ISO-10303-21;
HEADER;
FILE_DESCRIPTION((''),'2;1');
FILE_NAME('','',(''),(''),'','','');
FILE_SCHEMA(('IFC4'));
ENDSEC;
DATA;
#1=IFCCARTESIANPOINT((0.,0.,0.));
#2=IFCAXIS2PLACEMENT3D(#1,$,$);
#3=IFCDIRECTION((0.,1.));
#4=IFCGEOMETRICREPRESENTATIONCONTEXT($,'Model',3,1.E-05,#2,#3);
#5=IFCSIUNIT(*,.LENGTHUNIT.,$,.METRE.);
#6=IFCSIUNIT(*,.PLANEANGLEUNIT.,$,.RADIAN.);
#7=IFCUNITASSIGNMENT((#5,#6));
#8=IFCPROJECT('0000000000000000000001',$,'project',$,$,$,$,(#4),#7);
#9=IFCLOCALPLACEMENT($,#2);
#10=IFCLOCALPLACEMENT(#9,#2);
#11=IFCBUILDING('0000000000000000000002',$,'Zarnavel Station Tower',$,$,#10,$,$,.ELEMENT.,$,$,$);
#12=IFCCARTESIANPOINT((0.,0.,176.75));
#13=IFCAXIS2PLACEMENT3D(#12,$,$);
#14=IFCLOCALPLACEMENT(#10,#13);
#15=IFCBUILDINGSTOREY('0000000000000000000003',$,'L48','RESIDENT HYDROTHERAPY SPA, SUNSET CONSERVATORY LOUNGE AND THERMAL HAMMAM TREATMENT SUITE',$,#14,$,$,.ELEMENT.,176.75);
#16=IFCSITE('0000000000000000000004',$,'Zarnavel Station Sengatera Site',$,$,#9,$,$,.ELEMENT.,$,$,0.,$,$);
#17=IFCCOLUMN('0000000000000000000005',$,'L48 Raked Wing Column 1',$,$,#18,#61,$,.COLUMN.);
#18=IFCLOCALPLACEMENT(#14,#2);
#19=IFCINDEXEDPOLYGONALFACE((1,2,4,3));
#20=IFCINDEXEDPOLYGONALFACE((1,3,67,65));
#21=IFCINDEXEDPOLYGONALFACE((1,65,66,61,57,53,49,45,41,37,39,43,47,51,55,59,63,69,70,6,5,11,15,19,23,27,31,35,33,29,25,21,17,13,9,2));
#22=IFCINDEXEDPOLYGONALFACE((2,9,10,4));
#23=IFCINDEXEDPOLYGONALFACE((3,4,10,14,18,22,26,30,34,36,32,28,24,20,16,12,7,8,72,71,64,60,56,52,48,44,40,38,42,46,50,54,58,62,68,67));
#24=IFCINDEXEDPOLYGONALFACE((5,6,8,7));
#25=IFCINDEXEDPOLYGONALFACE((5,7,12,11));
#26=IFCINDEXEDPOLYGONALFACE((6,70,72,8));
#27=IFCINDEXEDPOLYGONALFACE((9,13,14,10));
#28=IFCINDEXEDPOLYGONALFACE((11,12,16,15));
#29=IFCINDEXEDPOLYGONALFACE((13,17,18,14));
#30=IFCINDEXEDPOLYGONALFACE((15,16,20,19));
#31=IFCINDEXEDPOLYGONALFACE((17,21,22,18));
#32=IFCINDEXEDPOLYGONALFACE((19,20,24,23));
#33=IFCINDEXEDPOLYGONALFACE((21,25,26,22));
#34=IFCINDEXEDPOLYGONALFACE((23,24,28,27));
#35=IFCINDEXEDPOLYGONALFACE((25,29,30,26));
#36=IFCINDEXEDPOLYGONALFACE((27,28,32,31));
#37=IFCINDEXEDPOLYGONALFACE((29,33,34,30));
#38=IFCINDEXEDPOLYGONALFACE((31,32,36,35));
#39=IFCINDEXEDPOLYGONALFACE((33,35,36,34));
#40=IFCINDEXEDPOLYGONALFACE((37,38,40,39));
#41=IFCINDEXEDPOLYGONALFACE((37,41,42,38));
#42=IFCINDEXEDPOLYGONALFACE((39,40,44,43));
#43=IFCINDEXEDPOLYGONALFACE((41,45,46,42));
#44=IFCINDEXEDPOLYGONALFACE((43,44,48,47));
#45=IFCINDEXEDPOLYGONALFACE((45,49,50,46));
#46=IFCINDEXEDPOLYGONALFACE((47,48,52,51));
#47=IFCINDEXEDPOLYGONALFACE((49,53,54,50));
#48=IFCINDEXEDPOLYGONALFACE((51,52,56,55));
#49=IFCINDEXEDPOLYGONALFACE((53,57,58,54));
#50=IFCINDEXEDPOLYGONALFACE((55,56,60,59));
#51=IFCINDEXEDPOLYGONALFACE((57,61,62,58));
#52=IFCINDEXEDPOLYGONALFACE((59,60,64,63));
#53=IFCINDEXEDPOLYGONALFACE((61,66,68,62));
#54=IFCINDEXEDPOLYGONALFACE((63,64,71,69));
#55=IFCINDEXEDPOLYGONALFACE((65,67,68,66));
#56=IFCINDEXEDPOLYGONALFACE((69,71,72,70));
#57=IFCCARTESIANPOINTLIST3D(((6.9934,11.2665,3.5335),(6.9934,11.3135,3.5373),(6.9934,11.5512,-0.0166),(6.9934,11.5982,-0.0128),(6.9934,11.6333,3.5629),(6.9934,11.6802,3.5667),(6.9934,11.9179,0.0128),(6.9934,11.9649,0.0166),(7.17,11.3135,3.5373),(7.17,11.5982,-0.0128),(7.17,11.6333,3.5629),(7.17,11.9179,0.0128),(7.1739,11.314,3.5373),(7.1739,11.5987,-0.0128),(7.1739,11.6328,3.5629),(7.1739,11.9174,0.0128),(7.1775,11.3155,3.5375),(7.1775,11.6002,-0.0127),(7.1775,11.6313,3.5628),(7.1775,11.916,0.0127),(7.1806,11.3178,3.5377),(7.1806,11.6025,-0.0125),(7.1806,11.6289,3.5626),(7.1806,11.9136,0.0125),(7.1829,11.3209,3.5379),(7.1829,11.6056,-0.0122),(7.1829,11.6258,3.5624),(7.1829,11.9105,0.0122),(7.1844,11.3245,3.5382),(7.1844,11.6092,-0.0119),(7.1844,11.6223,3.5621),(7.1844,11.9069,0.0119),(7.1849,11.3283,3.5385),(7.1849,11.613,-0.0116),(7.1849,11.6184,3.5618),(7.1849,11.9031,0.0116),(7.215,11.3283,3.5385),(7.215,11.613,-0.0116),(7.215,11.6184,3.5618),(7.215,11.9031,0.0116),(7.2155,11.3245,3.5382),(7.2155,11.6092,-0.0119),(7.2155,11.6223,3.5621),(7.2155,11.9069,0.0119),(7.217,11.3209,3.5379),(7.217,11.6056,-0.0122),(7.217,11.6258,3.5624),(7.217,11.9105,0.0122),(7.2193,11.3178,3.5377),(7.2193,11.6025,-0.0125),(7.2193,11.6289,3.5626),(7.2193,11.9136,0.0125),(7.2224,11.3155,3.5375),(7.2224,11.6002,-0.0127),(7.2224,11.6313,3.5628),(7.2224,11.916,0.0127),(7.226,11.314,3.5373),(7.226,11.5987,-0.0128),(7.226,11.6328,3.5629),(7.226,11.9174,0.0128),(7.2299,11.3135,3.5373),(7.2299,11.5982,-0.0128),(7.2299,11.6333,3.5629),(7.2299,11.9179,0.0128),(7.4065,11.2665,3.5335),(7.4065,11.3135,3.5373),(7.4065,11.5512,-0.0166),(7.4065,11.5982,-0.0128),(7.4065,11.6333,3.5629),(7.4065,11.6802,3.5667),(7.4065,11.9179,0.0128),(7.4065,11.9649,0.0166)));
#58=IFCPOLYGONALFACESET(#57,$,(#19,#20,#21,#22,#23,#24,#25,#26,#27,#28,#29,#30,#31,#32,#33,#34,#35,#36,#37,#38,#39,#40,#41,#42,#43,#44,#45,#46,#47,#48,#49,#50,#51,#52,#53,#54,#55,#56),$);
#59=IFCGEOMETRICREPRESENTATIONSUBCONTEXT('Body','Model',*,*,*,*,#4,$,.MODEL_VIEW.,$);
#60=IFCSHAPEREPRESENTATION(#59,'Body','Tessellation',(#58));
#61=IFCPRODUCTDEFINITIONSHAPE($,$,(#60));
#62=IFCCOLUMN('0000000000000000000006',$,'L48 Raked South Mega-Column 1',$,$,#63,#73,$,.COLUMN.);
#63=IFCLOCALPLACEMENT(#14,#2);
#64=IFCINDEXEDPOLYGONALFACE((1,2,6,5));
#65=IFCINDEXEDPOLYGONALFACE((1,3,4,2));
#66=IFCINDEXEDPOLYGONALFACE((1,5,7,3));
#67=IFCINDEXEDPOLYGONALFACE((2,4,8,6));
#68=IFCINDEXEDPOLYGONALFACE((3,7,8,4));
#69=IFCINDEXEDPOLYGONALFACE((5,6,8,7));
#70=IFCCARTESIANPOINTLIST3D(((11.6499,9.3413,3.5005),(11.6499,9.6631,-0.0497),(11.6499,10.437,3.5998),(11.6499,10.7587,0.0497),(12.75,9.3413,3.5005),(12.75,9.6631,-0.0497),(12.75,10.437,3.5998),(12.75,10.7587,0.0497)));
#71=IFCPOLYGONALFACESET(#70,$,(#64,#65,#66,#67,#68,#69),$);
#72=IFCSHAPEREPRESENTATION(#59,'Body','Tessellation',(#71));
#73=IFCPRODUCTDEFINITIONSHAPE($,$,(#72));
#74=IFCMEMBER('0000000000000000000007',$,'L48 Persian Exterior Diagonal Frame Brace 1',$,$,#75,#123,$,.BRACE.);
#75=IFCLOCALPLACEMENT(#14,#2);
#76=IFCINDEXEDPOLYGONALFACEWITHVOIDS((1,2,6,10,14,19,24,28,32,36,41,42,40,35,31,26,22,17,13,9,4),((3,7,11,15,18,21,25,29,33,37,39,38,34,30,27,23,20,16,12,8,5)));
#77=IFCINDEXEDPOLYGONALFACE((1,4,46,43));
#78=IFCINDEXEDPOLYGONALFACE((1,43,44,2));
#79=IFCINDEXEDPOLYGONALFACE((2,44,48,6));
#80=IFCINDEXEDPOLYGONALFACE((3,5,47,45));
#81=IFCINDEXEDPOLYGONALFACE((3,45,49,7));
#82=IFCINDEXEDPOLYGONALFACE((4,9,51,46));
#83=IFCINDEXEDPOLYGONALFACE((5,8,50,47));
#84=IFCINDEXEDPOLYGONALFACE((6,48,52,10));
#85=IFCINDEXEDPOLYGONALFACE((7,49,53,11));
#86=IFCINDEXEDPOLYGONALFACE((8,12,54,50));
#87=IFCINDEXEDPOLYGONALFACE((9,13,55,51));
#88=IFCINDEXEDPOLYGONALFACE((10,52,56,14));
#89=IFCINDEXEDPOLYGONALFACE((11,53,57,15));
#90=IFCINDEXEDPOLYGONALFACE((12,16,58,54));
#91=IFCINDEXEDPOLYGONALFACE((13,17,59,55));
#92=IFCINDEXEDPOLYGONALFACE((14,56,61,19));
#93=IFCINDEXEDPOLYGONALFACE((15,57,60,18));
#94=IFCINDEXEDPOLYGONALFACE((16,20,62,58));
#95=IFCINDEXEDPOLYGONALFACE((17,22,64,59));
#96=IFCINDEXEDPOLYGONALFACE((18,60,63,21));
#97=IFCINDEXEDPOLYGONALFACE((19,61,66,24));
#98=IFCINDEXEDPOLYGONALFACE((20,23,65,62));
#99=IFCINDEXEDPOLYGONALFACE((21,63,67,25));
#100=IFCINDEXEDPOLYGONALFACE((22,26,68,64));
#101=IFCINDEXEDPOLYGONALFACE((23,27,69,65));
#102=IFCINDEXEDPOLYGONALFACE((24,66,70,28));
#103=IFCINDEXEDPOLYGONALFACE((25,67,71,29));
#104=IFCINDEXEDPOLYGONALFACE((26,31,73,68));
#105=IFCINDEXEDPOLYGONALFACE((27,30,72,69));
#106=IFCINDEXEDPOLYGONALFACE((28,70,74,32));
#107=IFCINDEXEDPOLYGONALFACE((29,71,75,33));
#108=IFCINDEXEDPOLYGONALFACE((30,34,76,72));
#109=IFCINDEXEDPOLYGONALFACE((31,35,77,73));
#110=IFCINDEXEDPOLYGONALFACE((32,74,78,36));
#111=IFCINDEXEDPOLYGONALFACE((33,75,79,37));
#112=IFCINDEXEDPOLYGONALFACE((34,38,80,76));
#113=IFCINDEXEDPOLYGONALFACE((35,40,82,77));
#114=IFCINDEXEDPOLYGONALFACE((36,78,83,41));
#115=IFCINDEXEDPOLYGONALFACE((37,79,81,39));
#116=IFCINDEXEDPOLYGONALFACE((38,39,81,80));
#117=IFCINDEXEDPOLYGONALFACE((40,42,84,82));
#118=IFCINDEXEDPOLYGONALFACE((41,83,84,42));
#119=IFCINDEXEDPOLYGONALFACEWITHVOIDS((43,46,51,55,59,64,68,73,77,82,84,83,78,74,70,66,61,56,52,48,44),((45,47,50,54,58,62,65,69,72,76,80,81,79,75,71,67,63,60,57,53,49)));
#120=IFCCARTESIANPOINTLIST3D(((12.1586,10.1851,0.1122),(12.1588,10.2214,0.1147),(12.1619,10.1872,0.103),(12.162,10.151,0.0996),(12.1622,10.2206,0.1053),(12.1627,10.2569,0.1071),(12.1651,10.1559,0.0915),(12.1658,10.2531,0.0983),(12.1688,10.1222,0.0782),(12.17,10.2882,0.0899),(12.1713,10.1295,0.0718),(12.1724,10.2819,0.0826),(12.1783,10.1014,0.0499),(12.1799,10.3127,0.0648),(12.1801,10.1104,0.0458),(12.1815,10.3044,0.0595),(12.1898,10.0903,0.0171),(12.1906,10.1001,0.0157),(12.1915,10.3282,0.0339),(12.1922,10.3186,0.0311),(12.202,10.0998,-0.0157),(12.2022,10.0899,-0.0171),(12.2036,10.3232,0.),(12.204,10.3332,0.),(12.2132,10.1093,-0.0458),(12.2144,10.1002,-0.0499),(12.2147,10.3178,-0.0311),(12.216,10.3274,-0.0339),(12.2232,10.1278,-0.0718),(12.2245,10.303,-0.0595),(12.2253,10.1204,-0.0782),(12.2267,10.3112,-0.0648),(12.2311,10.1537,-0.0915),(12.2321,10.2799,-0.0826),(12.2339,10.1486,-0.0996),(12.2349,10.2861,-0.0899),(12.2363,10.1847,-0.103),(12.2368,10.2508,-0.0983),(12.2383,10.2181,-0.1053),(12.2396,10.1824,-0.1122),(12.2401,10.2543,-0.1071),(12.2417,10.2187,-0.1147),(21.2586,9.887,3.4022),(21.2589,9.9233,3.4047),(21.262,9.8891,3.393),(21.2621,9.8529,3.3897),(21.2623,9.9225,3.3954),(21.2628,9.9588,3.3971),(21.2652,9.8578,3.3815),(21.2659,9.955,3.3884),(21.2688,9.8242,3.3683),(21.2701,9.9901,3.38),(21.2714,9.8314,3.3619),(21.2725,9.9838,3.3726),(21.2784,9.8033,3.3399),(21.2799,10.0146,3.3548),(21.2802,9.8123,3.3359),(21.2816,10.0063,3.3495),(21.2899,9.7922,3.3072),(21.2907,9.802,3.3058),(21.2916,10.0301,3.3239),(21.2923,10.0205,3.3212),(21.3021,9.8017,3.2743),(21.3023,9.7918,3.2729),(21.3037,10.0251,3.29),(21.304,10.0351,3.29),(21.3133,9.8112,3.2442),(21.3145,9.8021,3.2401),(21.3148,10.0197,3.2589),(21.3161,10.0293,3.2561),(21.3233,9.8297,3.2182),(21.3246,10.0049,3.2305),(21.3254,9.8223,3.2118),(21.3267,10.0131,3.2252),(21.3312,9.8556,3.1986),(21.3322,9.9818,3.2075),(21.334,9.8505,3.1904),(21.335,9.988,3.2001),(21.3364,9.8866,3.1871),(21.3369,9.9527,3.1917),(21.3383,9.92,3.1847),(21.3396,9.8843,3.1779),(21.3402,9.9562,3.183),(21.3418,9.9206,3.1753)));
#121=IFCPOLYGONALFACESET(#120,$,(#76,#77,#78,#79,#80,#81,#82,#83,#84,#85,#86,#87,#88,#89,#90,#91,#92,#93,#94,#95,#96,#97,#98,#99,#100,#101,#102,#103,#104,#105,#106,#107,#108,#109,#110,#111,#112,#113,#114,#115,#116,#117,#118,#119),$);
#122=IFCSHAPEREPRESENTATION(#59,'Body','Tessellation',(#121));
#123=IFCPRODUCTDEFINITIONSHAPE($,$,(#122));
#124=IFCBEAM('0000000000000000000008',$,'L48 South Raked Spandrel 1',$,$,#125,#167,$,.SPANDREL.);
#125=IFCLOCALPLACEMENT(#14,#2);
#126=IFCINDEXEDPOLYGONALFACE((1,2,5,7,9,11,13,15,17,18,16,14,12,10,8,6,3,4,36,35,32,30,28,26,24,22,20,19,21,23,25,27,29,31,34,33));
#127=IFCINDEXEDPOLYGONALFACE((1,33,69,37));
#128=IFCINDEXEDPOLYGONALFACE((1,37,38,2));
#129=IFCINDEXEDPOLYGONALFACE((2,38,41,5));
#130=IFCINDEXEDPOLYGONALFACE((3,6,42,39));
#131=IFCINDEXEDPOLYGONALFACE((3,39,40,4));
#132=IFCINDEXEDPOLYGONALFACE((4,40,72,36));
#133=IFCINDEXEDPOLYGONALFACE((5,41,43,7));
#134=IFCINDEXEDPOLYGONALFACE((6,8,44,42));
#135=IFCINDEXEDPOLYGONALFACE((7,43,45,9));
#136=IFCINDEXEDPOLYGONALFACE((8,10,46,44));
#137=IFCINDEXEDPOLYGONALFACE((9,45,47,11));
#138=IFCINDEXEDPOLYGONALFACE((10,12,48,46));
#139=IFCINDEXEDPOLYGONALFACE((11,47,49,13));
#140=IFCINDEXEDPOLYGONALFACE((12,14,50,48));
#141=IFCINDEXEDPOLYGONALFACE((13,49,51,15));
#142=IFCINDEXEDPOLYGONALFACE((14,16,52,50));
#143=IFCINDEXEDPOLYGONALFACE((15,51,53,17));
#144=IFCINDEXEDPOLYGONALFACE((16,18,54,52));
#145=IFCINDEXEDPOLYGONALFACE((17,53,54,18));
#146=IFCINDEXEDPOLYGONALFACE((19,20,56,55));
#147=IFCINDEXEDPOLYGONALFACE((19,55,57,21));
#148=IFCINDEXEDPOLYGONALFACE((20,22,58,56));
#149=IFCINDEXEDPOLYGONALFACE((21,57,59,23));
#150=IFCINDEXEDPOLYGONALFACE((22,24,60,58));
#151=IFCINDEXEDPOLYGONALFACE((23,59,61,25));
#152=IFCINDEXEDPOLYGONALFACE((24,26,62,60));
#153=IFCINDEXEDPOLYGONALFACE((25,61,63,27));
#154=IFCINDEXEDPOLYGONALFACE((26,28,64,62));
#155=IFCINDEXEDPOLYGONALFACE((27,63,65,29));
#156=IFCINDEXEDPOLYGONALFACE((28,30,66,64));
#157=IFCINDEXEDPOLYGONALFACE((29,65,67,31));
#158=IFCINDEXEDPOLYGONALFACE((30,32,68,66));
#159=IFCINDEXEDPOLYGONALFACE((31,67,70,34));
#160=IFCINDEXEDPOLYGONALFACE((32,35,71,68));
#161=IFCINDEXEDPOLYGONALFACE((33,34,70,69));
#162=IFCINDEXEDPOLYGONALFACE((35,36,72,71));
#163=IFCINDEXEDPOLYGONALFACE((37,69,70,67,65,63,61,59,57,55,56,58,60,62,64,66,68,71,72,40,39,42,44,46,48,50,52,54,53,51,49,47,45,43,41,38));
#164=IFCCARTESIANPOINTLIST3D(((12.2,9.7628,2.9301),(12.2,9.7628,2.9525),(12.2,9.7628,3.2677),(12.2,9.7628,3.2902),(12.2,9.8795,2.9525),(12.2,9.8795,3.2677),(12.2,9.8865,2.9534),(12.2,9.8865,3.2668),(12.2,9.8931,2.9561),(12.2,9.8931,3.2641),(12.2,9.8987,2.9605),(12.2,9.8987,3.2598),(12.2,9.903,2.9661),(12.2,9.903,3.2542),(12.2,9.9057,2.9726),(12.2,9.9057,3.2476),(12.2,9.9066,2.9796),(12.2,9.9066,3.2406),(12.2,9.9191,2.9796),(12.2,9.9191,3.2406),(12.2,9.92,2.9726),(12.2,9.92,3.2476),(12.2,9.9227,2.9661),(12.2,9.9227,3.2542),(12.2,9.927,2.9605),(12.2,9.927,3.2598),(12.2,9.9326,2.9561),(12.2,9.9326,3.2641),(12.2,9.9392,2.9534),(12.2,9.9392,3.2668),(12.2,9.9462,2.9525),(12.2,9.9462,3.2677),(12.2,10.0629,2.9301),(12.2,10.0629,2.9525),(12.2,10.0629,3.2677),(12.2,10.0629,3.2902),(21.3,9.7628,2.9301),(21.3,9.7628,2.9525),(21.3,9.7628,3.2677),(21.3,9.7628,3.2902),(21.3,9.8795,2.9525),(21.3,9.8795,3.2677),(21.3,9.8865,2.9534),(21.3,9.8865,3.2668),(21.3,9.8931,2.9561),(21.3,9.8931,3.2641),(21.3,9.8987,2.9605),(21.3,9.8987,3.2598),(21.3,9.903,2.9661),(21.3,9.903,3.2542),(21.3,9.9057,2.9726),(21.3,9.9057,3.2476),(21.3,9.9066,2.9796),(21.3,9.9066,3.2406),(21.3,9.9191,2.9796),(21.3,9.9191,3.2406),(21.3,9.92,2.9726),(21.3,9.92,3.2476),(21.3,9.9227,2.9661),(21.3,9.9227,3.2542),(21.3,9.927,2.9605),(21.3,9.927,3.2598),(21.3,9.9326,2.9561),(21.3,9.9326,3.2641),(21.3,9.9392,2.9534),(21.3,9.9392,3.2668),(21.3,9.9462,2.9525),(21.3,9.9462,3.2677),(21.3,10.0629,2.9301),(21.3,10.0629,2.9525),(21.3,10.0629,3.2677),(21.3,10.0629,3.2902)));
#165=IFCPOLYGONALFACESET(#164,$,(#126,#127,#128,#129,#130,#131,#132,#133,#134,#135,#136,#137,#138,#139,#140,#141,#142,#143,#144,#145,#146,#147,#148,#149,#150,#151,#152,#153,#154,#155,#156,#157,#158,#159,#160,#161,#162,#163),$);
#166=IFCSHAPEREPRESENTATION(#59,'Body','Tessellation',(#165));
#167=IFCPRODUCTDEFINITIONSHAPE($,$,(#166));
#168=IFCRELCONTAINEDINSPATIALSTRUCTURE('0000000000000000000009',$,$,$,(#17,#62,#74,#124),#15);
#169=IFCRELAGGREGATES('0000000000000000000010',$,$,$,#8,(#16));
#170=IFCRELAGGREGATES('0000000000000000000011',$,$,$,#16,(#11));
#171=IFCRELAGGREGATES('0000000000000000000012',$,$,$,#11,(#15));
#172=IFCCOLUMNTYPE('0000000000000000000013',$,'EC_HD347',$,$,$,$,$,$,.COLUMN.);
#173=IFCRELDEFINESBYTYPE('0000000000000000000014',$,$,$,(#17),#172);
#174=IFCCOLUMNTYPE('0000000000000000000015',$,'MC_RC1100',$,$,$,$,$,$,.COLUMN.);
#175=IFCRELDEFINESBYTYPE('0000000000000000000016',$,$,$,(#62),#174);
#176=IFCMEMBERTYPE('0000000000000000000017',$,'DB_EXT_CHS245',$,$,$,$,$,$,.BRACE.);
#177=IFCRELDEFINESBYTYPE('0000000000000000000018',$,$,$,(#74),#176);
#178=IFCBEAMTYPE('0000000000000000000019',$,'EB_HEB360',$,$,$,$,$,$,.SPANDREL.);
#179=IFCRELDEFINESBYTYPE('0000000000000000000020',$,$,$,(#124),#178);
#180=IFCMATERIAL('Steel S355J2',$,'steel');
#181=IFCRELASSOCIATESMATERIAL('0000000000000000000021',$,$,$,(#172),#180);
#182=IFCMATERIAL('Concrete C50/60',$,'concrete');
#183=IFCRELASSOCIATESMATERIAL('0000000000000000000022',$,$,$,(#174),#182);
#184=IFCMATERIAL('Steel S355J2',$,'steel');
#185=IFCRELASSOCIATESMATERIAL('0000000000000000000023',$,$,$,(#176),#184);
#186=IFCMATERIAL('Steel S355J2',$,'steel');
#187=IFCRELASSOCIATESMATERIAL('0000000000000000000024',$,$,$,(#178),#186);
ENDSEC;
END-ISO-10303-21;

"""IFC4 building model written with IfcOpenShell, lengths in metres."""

from ifc_helpers import new_model, si_unit, direction, frame, origin, origin_2d, place, context, subcontext, project, spatial, rectangle, hollow_circle, i_section, extrude, material, material_profile, profile_set, type_object, element, save


model = new_model("IFC4")

# Units and contexts
model_context = context("Model", 3, precision=1e-05, world=origin(), true_north=direction((0.0, 1.0)))
body_context = subcontext(model_context, "Body", "Model", "MODEL_VIEW")
ifc_project = project(units=[si_unit("LENGTHUNIT", "METRE"), si_unit("PLANEANGLEUNIT", "RADIAN")], contexts=[model_context])

# Site, building, storey
site_placement = place(None, origin())
site = spatial("IfcSite", under=ifc_project, at=site_placement, Name="Zarnavel Station Sengatera Site", CompositionType="ELEMENT", RefElevation=0.0)
building_placement = place(site_placement, origin())
building = spatial("IfcBuilding", under=site, at=building_placement, Name="Zarnavel Station Tower", CompositionType="ELEMENT")
storey_placement = place(building_placement, frame((0.0, 0.0, 176.75)))
storey = spatial("IfcBuildingStorey", under=building, at=storey_placement, Name="L48", Description="RESIDENT HYDROTHERAPY SPA, SUNSET CONSERVATORY LOUNGE AND THERMAL HAMMAM TREATMENT SUITE", CompositionType="ELEMENT", Elevation=176.75)

# Columns
ifc_material_1 = material(Name="Steel S355J2", Category="steel")
ifc_material_profile_1 = material_profile(ifc_material_1, i_section(OverallWidth=0.4131, OverallDepth=0.415, WebThickness=0.03, FlangeThickness=0.0471, FilletRadius=0.0149, at=origin_2d()), Name="HD400x347")
ifc_profile_set_1 = profile_set([ifc_material_profile_1], Name="Steel S355J2")
column_type_1 = type_object("IfcColumnType", Name="EC_HD347", PredefinedType="COLUMN", material=ifc_profile_set_1)
column_1_placement = place(storey_placement, frame((7.2, 11.7581, 0.0), z_axis=(0.0, -0.07993, 0.9968), x_axis=(1.0, 0.0, 0.0)))
element("IfcColumn", 1, at=column_1_placement, inside=storey, type_object=column_type_1, Name="L48 Raked Wing Column 1", PredefinedType="COLUMN", context=body_context, shape_type="SweptSolid", body=[
    extrude(i_section(OverallWidth=0.4131, OverallDepth=0.415, WebThickness=0.03, FlangeThickness=0.0471, FilletRadius=0.0149, at=origin_2d()), origin(), (0.0, 0.0, 1.0), 3.5615),
])
ifc_material_2 = material(Name="Concrete C50/60", Category="concrete")
ifc_material_profile_2 = material_profile(ifc_material_2, rectangle(XDim=1.1001, YDim=1.1001, at=origin_2d()), Name="RC1100x1100")
ifc_profile_set_2 = profile_set([ifc_material_profile_2], Name="Concrete C50/60")
column_type_2 = type_object("IfcColumnType", Name="MC_RC1100", PredefinedType="COLUMN", material=ifc_profile_set_2)
column_2_placement = place(storey_placement, frame((12.2, 10.2109, 0.0), z_axis=(0.0, -0.09027, 0.995917), x_axis=(1.0, 0.0, 0.0)))
element("IfcColumn", 2, at=column_2_placement, inside=storey, type_object=column_type_2, Name="L48 Raked South Mega-Column 1", PredefinedType="COLUMN", context=body_context, shape_type="SweptSolid", body=[
    extrude(rectangle(XDim=1.1001, YDim=1.1001, at=origin_2d()), origin(), (0.0, 0.0, 1.0), 3.5647),
])

# Member
ifc_material_3 = material(Name="Steel S355J2", Category="steel")
ifc_material_profile_3 = material_profile(ifc_material_3, hollow_circle(Radius=0.1223, WallThickness=0.01, at=origin_2d()), Name="CHS244.5x10")
ifc_profile_set_3 = profile_set([ifc_material_profile_3], Name="Steel S355J2")
member_type = type_object("IfcMemberType", Name="DB_EXT_CHS245", PredefinedType="BRACE", material=ifc_profile_set_3)
member_placement = place(storey_placement, frame((12.2, 10.2109, 0.0), z_axis=(0.939979, -0.030791, 0.339839), x_axis=(0.03274, 0.999464, 0.0)))
element("IfcMember", 3, at=member_placement, inside=storey, type_object=member_type, Name="L48 Persian Exterior Diagonal Frame Brace 1", PredefinedType="BRACE", context=body_context, shape_type="SweptSolid", body=[
    extrude(hollow_circle(Radius=0.1223, WallThickness=0.01, at=origin_2d()), origin(), (0.0, 0.0, 1.0), 9.6812),
])

# Beam
ifc_material_4 = material(Name="Steel S355J2", Category="steel")
ifc_material_profile_4 = material_profile(ifc_material_4, i_section(OverallWidth=0.3, OverallDepth=0.3601, WebThickness=0.0125, FlangeThickness=0.0225, FilletRadius=0.0271, at=origin_2d()), Name="HEB360")
ifc_profile_set_4 = profile_set([ifc_material_profile_4], Name="Steel S355J2")
beam_type_1 = type_object("IfcBeamType", Name="EB_HEB360", PredefinedType="SPANDREL", material=ifc_profile_set_4)
beam_1_placement = place(storey_placement, frame((12.2, 9.9128, 3.1101), z_axis=(1.0, 0.0, 0.0), x_axis=(0.0, 1.0, 0.0)))
element("IfcBeam", 4, at=beam_1_placement, inside=storey, type_object=beam_type_1, Name="L48 South Raked Spandrel 1", PredefinedType="SPANDREL", context=body_context, shape_type="SweptSolid", body=[
    extrude(i_section(OverallWidth=0.3, OverallDepth=0.3601, WebThickness=0.0125, FlangeThickness=0.0225, FilletRadius=0.0271, at=origin_2d()), origin(), (0.0, 0.0, 1.0), 9.1001),
])

save(model, "model.ifc")
